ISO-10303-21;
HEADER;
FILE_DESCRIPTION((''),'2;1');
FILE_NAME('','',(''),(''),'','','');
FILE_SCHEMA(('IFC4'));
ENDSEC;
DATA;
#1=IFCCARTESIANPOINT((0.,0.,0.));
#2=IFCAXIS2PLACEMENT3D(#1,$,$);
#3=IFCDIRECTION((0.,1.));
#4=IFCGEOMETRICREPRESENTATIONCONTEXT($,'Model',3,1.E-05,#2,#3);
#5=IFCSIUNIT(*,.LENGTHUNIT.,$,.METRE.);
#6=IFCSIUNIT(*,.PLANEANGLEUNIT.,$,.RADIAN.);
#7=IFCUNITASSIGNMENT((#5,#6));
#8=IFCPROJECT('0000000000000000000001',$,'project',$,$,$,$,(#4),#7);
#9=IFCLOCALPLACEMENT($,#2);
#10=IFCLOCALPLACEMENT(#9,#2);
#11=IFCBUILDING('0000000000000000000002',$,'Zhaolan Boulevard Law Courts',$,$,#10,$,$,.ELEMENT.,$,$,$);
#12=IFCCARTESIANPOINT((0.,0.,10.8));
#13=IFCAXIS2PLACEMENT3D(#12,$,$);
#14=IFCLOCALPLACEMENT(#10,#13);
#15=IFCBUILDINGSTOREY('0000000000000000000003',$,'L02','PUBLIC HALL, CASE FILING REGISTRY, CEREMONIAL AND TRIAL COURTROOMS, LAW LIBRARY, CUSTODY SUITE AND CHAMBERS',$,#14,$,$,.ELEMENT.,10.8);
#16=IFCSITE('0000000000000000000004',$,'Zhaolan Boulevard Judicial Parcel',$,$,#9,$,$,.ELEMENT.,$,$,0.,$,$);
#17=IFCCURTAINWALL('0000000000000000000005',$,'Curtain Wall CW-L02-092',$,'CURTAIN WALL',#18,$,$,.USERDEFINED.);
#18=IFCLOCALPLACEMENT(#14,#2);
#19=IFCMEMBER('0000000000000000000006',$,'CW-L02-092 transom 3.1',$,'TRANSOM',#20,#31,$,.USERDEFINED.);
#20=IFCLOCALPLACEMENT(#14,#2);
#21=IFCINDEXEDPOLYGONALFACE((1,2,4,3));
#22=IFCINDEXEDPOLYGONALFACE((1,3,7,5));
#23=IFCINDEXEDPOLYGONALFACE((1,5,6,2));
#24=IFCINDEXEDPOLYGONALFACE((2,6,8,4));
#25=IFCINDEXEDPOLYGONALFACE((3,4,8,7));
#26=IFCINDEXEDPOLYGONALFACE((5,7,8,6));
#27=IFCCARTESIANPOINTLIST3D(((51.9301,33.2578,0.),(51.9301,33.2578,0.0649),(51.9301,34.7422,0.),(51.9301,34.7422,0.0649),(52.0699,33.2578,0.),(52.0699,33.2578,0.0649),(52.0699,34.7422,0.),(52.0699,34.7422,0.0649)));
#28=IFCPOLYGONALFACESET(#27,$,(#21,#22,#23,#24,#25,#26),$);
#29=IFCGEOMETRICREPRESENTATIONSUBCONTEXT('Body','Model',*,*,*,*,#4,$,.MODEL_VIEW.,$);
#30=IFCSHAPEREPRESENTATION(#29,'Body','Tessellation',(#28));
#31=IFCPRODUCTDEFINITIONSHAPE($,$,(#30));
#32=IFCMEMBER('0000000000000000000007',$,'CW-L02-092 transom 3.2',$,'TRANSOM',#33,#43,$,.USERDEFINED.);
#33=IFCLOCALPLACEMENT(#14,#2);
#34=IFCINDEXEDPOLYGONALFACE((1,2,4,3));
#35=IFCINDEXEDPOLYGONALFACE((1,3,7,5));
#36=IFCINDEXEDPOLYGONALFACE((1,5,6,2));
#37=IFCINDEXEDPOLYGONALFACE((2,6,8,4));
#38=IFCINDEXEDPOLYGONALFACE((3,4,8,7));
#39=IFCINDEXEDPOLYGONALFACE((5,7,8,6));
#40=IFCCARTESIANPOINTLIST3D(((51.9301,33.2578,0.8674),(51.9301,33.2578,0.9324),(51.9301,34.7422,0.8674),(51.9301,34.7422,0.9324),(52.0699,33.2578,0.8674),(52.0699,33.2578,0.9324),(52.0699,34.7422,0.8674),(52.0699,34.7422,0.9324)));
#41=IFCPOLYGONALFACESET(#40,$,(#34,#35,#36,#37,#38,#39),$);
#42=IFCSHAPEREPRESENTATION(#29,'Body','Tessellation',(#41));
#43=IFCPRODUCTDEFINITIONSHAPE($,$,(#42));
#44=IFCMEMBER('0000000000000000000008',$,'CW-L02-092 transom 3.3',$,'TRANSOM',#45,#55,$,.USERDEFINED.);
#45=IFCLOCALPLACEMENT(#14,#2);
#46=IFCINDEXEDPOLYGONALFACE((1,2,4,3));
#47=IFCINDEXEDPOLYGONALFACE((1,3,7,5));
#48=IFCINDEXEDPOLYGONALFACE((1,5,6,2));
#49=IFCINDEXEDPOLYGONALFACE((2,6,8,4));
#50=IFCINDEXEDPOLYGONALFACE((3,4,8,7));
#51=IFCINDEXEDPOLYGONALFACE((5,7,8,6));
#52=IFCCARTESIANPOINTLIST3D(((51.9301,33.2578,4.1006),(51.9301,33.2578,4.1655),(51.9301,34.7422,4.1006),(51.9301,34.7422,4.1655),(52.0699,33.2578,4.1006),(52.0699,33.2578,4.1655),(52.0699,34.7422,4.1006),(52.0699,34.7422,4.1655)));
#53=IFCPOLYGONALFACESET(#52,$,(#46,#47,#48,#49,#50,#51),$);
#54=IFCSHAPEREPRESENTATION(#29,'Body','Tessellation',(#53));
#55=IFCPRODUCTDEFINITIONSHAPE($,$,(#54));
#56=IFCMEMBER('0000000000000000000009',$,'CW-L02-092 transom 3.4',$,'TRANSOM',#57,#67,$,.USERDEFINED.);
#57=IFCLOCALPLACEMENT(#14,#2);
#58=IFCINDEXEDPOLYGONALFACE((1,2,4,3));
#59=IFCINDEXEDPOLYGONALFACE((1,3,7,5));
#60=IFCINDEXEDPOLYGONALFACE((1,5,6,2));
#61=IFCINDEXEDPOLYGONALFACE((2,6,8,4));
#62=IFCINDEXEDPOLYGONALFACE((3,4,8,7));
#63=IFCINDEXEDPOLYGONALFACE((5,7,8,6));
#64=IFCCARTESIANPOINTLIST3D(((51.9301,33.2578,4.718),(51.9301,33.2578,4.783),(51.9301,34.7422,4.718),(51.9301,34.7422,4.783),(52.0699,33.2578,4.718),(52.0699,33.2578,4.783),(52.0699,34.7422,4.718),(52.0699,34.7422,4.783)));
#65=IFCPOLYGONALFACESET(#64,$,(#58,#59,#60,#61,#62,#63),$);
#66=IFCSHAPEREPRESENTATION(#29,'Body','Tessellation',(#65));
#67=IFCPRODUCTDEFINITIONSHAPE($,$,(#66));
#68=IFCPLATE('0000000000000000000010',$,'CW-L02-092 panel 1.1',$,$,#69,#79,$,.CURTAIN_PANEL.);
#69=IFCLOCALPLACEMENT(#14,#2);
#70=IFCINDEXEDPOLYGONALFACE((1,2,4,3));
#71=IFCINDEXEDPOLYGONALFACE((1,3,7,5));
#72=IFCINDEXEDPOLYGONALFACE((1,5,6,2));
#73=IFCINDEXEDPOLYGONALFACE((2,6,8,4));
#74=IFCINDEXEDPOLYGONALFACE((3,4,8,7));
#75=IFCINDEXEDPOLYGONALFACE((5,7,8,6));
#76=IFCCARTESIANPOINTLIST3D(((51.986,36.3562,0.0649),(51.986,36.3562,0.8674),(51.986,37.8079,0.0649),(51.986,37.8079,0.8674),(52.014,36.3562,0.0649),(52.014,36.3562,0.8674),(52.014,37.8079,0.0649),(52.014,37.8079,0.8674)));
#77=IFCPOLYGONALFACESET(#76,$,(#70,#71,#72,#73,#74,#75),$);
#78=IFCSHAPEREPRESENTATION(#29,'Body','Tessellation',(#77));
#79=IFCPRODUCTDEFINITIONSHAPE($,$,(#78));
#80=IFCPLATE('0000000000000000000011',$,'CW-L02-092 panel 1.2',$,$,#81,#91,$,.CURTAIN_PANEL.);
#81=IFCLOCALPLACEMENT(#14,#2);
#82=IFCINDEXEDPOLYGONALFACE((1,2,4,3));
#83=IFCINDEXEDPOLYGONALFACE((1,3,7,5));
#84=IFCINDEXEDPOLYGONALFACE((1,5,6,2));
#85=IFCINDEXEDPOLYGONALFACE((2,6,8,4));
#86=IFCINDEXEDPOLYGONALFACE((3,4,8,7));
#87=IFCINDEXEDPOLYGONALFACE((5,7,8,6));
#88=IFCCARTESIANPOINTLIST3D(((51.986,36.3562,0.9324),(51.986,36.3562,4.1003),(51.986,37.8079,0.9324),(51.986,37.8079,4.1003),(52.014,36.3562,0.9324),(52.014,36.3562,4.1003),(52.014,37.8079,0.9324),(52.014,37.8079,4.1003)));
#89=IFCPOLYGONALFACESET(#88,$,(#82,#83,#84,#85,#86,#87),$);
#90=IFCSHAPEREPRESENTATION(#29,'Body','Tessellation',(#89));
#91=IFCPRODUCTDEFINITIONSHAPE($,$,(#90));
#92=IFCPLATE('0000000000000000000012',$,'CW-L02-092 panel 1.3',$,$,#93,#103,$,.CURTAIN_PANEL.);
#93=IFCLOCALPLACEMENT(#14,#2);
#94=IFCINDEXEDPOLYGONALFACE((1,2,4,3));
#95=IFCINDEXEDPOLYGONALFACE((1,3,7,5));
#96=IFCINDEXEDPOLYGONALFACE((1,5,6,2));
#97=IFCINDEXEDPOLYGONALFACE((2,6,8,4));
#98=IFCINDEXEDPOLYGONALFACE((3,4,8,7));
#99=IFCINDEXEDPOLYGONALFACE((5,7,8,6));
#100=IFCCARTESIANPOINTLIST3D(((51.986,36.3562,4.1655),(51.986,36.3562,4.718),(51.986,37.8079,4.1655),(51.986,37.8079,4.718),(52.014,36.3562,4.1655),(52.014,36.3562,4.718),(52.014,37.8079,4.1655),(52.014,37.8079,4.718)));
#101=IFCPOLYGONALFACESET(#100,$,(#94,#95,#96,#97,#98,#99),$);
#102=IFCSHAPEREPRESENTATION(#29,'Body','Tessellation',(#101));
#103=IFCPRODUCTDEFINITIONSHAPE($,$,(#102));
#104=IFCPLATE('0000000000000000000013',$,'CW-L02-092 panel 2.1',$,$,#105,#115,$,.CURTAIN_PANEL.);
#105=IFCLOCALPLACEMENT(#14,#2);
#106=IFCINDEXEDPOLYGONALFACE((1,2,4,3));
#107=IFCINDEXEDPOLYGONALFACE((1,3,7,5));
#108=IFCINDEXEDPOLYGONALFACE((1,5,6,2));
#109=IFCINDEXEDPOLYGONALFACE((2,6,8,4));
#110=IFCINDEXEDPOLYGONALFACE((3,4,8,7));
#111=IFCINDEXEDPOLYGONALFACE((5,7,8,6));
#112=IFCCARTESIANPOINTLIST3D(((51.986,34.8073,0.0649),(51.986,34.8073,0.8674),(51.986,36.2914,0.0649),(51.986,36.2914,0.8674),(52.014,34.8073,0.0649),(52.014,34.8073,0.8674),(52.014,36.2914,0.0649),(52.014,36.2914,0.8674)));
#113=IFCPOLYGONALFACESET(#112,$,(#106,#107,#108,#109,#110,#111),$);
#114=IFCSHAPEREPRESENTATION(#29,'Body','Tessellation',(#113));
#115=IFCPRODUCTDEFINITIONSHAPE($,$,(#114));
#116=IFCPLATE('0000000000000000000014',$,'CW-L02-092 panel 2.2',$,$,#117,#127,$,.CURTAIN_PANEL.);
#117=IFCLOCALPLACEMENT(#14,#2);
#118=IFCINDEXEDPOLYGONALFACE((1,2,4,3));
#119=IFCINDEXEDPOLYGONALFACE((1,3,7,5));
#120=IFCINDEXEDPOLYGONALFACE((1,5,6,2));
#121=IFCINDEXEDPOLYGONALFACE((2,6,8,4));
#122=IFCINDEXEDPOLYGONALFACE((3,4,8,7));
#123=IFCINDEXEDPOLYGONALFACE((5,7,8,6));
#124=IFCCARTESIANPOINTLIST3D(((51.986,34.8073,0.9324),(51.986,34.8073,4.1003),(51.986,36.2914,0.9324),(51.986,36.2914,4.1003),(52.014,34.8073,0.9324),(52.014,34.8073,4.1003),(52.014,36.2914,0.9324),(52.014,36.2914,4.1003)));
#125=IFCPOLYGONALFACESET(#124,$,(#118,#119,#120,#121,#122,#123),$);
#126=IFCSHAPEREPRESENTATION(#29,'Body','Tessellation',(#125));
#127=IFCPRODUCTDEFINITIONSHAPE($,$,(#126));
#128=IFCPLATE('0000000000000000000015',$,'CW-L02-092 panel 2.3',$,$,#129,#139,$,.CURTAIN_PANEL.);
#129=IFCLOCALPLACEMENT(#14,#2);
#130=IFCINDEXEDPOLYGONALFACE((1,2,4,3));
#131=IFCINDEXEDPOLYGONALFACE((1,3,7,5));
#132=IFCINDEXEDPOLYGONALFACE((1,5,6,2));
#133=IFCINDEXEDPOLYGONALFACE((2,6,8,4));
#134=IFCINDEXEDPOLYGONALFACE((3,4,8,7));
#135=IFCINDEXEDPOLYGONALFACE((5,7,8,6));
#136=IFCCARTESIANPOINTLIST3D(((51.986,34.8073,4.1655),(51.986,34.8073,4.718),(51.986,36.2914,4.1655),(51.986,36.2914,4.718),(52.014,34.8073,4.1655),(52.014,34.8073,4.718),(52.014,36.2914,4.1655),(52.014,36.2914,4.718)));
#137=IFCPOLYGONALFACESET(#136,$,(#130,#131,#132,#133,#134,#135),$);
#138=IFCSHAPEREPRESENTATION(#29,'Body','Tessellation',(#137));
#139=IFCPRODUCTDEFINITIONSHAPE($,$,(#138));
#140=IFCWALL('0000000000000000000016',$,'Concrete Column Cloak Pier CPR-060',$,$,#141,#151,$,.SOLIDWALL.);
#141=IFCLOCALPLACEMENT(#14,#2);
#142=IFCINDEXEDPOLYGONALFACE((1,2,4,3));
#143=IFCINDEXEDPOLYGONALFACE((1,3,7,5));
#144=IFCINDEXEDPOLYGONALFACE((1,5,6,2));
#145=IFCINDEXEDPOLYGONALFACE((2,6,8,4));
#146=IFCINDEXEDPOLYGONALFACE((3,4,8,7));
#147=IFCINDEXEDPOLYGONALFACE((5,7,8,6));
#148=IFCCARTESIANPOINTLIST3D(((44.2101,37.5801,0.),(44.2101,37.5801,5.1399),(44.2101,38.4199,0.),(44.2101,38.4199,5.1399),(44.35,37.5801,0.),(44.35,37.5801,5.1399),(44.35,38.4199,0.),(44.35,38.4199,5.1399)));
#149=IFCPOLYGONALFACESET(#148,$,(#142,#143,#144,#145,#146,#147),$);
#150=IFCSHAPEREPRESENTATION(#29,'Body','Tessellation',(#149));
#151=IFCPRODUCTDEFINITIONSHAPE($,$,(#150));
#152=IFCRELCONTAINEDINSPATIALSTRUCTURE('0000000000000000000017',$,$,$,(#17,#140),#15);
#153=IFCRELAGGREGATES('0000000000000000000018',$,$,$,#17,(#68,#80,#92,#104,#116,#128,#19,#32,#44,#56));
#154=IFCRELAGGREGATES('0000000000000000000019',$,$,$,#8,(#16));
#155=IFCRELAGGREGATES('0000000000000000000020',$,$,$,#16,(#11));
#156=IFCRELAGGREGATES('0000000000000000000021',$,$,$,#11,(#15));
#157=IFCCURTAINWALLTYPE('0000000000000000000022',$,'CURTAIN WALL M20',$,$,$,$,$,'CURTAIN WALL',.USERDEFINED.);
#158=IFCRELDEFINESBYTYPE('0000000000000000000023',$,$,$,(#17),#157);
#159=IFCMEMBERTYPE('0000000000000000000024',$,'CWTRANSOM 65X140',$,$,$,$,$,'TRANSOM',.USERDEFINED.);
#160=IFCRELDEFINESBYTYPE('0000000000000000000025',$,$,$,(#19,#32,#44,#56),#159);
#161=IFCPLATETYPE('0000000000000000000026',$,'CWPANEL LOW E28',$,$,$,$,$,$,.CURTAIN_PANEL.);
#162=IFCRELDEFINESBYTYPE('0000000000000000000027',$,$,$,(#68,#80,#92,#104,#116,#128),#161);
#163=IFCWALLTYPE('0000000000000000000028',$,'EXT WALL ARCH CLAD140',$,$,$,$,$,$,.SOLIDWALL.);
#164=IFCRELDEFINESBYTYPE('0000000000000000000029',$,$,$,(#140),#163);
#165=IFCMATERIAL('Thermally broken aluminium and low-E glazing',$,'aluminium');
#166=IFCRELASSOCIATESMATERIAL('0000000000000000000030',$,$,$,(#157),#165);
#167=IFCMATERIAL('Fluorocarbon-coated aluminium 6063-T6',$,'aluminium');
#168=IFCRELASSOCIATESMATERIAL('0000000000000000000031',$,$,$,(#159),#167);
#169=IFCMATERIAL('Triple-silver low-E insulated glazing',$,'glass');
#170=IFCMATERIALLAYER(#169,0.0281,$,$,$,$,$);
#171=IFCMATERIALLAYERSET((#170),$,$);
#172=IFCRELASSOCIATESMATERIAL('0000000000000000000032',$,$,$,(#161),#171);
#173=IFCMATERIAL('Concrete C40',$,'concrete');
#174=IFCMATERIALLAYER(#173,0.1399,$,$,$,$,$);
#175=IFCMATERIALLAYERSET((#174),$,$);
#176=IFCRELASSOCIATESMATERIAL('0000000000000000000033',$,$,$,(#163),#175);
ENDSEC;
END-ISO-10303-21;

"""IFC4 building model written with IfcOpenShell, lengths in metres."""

from ifc_helpers import new_model, si_unit, direction, frame, frame_2d, origin, origin_2d, place, context, subcontext, project, spatial, rectangle, extrude, material, layer, layer_set, material_profile, profile_set, type_object, element, aggregate, save


model = new_model("IFC4")

# Units and contexts
model_context = context("Model", 3, precision=1e-05, world=origin(), true_north=direction((0.0, 1.0)))
body_context = subcontext(model_context, "Body", "Model", "MODEL_VIEW")
ifc_project = project(units=[si_unit("LENGTHUNIT", "METRE"), si_unit("PLANEANGLEUNIT", "RADIAN")], contexts=[model_context])

# Site, building, storey
site_placement = place(None, origin())
site = spatial("IfcSite", under=ifc_project, at=site_placement, Name="Zhaolan Boulevard Judicial Parcel", CompositionType="ELEMENT", RefElevation=0.0)
building_placement = place(site_placement, origin())
building = spatial("IfcBuilding", under=site, at=building_placement, Name="Zhaolan Boulevard Law Courts", CompositionType="ELEMENT")
storey_placement = place(building_placement, frame((0.0, 0.0, 10.8)))
storey = spatial("IfcBuildingStorey", under=building, at=storey_placement, Name="L02", Description="PUBLIC HALL, CASE FILING REGISTRY, CEREMONIAL AND TRIAL COURTROOMS, LAW LIBRARY, CUSTODY SUITE AND CHAMBERS", CompositionType="ELEMENT", Elevation=10.8)

# Curtain wall, members, plates
ifc_material_1 = material(Name="Thermally broken aluminium and low-E glazing", Category="aluminium")
curtain_wall_type = type_object("IfcCurtainWallType", Name="CURTAIN WALL M20", ElementType="CURTAIN WALL", PredefinedType="USERDEFINED", material=ifc_material_1)
curtain_wall_placement = place(storey_placement, origin())
curtain_wall = element("IfcCurtainWall", 1, at=curtain_wall_placement, inside=storey, type_object=curtain_wall_type, Name="Curtain Wall CW-L02-092", ObjectType="CURTAIN WALL", PredefinedType="USERDEFINED")
ifc_material_2 = material(Name="Fluorocarbon-coated aluminium 6063-T6", Category="aluminium")
ifc_material_profile_1 = material_profile(ifc_material_2, rectangle(XDim=0.1399, YDim=0.0649, at=origin_2d()), Name="AL65x140")
ifc_profile_set_1 = profile_set([ifc_material_profile_1], Name="Fluorocarbon-coated aluminium 6063-T6")
member_type_1 = type_object("IfcMemberType", Name="CWTRANSOM 65X140", ElementType="TRANSOM", PredefinedType="USERDEFINED", material=ifc_profile_set_1)
member_1_placement = place(storey_placement, frame((52.0, 34.7422, 0.0325), z_axis=(0.0, -1.0, 0.0), x_axis=(1.0, 0.0, 0.0)))
member_1 = element("IfcMember", 2, at=member_1_placement, type_object=member_type_1, Name="CW-L02-092 transom 3.1", ObjectType="TRANSOM", PredefinedType="USERDEFINED", context=body_context, shape_type="SweptSolid", body=[
    extrude(rectangle(XDim=0.1399, YDim=0.0649, at=origin_2d()), origin(), (0.0, 0.0, 1.0), 1.4844),
])
member_2_placement = place(storey_placement, frame((52.0, 34.7422, 0.8999), z_axis=(0.0, -1.0, 0.0), x_axis=(1.0, 0.0, 0.0)))
member_2 = element("IfcMember", 3, at=member_2_placement, type_object=member_type_1, Name="CW-L02-092 transom 3.2", ObjectType="TRANSOM", PredefinedType="USERDEFINED", context=body_context, shape_type="SweptSolid", body=[
    extrude(rectangle(XDim=0.1399, YDim=0.0649, at=origin_2d()), origin(), (0.0, 0.0, 1.0), 1.4844),
])
member_3_placement = place(storey_placement, frame((52.0, 34.7422, 4.1331), z_axis=(0.0, -1.0, 0.0), x_axis=(1.0, 0.0, 0.0)))
member_3 = element("IfcMember", 4, at=member_3_placement, type_object=member_type_1, Name="CW-L02-092 transom 3.3", ObjectType="TRANSOM", PredefinedType="USERDEFINED", context=body_context, shape_type="SweptSolid", body=[
    extrude(rectangle(XDim=0.1399, YDim=0.0649, at=origin_2d()), origin(), (0.0, 0.0, 1.0), 1.4844),
])
member_4_placement = place(storey_placement, frame((52.0, 34.7422, 4.7505), z_axis=(0.0, -1.0, 0.0), x_axis=(1.0, 0.0, 0.0)))
member_4 = element("IfcMember", 5, at=member_4_placement, type_object=member_type_1, Name="CW-L02-092 transom 3.4", ObjectType="TRANSOM", PredefinedType="USERDEFINED", context=body_context, shape_type="SweptSolid", body=[
    extrude(rectangle(XDim=0.1399, YDim=0.0649, at=origin_2d()), origin(), (0.0, 0.0, 1.0), 1.4844),
])
ifc_material_3 = material(Name="Triple-silver low-E insulated glazing", Category="glass")
ifc_layer_1 = layer(ifc_material_3, 0.0281)
ifc_layer_set_1 = layer_set([ifc_layer_1])
plate_type = type_object("IfcPlateType", Name="CWPANEL LOW E28", PredefinedType="CURTAIN_PANEL", material=ifc_layer_set_1)
plate_1_placement = place(storey_placement, frame((52.0, 37.082, 0.0649), z_axis=(0.0, 0.0, 1.0), x_axis=(0.0, -1.0, 0.0)))
plate_1 = element("IfcPlate", 6, at=plate_1_placement, type_object=plate_type, Name="CW-L02-092 panel 1.1", PredefinedType="CURTAIN_PANEL", context=body_context, shape_type="SweptSolid", body=[
    extrude(rectangle(XDim=1.4517, YDim=0.0281, at=origin_2d()), origin(), (0.0, 0.0, 1.0), 0.8025),
])
plate_2_placement = place(storey_placement, frame((52.0, 37.082, 0.9324), z_axis=(0.0, 0.0, 1.0), x_axis=(0.0, -1.0, 0.0)))
plate_2 = element("IfcPlate", 7, at=plate_2_placement, type_object=plate_type, Name="CW-L02-092 panel 1.2", PredefinedType="CURTAIN_PANEL", context=body_context, shape_type="SweptSolid", body=[
    extrude(rectangle(XDim=1.4517, YDim=0.0281, at=origin_2d()), origin(), (0.0, 0.0, 1.0), 3.168),
])
plate_3_placement = place(storey_placement, frame((52.0, 37.082, 4.1655), z_axis=(0.0, 0.0, 1.0), x_axis=(0.0, -1.0, 0.0)))
plate_3 = element("IfcPlate", 8, at=plate_3_placement, type_object=plate_type, Name="CW-L02-092 panel 1.3", PredefinedType="CURTAIN_PANEL", context=body_context, shape_type="SweptSolid", body=[
    extrude(rectangle(XDim=1.4517, YDim=0.0281, at=origin_2d()), origin(), (0.0, 0.0, 1.0), 0.5525),
])
plate_4_placement = place(storey_placement, frame((52.0, 35.5493, 0.0649), z_axis=(0.0, 0.0, 1.0), x_axis=(0.0, -1.0, 0.0)))
plate_4 = element("IfcPlate", 9, at=plate_4_placement, type_object=plate_type, Name="CW-L02-092 panel 2.1", PredefinedType="CURTAIN_PANEL", context=body_context, shape_type="SweptSolid", body=[
    extrude(rectangle(XDim=1.4841, YDim=0.0281, at=origin_2d()), origin(), (0.0, 0.0, 1.0), 0.8025),
])
plate_5_placement = place(storey_placement, frame((52.0, 35.5493, 0.9324), z_axis=(0.0, 0.0, 1.0), x_axis=(0.0, -1.0, 0.0)))
plate_5 = element("IfcPlate", 10, at=plate_5_placement, type_object=plate_type, Name="CW-L02-092 panel 2.2", PredefinedType="CURTAIN_PANEL", context=body_context, shape_type="SweptSolid", body=[
    extrude(rectangle(XDim=1.4841, YDim=0.0281, at=origin_2d()), origin(), (0.0, 0.0, 1.0), 3.168),
])
plate_6_placement = place(storey_placement, frame((52.0, 35.5493, 4.1655), z_axis=(0.0, 0.0, 1.0), x_axis=(0.0, -1.0, 0.0)))
plate_6 = element("IfcPlate", 11, at=plate_6_placement, type_object=plate_type, Name="CW-L02-092 panel 2.3", PredefinedType="CURTAIN_PANEL", context=body_context, shape_type="SweptSolid", body=[
    extrude(rectangle(XDim=1.4841, YDim=0.0281, at=origin_2d()), origin(), (0.0, 0.0, 1.0), 0.5525),
])
aggregate(curtain_wall, [plate_1, plate_2, plate_3, plate_4, plate_5, plate_6, member_1, member_2, member_3, member_4])

# Wall
ifc_material_4 = material(Name="Concrete C40", Category="concrete")
ifc_layer_2 = layer(ifc_material_4, 0.1399)
ifc_layer_set_2 = layer_set([ifc_layer_2])
wall_type = type_object("IfcWallType", Name="EXT WALL ARCH CLAD140", PredefinedType="SOLIDWALL", material=ifc_layer_set_2)
wall_placement = place(storey_placement, frame((44.28, 37.5801, 0.0), z_axis=(0.0, 0.0, 1.0), x_axis=(0.0, 1.0, 0.0)))
element("IfcWall", 12, at=wall_placement, inside=storey, type_object=wall_type, Name="Concrete Column Cloak Pier CPR-060", PredefinedType="SOLIDWALL", context=body_context, shape_type="SweptSolid", body=[
    extrude(rectangle(XDim=0.8398, YDim=0.1399, at=frame_2d((0.4199, 0.0))), origin(), (0.0, 0.0, 1.0), 5.1399),
])

save(model, "model.ifc")
